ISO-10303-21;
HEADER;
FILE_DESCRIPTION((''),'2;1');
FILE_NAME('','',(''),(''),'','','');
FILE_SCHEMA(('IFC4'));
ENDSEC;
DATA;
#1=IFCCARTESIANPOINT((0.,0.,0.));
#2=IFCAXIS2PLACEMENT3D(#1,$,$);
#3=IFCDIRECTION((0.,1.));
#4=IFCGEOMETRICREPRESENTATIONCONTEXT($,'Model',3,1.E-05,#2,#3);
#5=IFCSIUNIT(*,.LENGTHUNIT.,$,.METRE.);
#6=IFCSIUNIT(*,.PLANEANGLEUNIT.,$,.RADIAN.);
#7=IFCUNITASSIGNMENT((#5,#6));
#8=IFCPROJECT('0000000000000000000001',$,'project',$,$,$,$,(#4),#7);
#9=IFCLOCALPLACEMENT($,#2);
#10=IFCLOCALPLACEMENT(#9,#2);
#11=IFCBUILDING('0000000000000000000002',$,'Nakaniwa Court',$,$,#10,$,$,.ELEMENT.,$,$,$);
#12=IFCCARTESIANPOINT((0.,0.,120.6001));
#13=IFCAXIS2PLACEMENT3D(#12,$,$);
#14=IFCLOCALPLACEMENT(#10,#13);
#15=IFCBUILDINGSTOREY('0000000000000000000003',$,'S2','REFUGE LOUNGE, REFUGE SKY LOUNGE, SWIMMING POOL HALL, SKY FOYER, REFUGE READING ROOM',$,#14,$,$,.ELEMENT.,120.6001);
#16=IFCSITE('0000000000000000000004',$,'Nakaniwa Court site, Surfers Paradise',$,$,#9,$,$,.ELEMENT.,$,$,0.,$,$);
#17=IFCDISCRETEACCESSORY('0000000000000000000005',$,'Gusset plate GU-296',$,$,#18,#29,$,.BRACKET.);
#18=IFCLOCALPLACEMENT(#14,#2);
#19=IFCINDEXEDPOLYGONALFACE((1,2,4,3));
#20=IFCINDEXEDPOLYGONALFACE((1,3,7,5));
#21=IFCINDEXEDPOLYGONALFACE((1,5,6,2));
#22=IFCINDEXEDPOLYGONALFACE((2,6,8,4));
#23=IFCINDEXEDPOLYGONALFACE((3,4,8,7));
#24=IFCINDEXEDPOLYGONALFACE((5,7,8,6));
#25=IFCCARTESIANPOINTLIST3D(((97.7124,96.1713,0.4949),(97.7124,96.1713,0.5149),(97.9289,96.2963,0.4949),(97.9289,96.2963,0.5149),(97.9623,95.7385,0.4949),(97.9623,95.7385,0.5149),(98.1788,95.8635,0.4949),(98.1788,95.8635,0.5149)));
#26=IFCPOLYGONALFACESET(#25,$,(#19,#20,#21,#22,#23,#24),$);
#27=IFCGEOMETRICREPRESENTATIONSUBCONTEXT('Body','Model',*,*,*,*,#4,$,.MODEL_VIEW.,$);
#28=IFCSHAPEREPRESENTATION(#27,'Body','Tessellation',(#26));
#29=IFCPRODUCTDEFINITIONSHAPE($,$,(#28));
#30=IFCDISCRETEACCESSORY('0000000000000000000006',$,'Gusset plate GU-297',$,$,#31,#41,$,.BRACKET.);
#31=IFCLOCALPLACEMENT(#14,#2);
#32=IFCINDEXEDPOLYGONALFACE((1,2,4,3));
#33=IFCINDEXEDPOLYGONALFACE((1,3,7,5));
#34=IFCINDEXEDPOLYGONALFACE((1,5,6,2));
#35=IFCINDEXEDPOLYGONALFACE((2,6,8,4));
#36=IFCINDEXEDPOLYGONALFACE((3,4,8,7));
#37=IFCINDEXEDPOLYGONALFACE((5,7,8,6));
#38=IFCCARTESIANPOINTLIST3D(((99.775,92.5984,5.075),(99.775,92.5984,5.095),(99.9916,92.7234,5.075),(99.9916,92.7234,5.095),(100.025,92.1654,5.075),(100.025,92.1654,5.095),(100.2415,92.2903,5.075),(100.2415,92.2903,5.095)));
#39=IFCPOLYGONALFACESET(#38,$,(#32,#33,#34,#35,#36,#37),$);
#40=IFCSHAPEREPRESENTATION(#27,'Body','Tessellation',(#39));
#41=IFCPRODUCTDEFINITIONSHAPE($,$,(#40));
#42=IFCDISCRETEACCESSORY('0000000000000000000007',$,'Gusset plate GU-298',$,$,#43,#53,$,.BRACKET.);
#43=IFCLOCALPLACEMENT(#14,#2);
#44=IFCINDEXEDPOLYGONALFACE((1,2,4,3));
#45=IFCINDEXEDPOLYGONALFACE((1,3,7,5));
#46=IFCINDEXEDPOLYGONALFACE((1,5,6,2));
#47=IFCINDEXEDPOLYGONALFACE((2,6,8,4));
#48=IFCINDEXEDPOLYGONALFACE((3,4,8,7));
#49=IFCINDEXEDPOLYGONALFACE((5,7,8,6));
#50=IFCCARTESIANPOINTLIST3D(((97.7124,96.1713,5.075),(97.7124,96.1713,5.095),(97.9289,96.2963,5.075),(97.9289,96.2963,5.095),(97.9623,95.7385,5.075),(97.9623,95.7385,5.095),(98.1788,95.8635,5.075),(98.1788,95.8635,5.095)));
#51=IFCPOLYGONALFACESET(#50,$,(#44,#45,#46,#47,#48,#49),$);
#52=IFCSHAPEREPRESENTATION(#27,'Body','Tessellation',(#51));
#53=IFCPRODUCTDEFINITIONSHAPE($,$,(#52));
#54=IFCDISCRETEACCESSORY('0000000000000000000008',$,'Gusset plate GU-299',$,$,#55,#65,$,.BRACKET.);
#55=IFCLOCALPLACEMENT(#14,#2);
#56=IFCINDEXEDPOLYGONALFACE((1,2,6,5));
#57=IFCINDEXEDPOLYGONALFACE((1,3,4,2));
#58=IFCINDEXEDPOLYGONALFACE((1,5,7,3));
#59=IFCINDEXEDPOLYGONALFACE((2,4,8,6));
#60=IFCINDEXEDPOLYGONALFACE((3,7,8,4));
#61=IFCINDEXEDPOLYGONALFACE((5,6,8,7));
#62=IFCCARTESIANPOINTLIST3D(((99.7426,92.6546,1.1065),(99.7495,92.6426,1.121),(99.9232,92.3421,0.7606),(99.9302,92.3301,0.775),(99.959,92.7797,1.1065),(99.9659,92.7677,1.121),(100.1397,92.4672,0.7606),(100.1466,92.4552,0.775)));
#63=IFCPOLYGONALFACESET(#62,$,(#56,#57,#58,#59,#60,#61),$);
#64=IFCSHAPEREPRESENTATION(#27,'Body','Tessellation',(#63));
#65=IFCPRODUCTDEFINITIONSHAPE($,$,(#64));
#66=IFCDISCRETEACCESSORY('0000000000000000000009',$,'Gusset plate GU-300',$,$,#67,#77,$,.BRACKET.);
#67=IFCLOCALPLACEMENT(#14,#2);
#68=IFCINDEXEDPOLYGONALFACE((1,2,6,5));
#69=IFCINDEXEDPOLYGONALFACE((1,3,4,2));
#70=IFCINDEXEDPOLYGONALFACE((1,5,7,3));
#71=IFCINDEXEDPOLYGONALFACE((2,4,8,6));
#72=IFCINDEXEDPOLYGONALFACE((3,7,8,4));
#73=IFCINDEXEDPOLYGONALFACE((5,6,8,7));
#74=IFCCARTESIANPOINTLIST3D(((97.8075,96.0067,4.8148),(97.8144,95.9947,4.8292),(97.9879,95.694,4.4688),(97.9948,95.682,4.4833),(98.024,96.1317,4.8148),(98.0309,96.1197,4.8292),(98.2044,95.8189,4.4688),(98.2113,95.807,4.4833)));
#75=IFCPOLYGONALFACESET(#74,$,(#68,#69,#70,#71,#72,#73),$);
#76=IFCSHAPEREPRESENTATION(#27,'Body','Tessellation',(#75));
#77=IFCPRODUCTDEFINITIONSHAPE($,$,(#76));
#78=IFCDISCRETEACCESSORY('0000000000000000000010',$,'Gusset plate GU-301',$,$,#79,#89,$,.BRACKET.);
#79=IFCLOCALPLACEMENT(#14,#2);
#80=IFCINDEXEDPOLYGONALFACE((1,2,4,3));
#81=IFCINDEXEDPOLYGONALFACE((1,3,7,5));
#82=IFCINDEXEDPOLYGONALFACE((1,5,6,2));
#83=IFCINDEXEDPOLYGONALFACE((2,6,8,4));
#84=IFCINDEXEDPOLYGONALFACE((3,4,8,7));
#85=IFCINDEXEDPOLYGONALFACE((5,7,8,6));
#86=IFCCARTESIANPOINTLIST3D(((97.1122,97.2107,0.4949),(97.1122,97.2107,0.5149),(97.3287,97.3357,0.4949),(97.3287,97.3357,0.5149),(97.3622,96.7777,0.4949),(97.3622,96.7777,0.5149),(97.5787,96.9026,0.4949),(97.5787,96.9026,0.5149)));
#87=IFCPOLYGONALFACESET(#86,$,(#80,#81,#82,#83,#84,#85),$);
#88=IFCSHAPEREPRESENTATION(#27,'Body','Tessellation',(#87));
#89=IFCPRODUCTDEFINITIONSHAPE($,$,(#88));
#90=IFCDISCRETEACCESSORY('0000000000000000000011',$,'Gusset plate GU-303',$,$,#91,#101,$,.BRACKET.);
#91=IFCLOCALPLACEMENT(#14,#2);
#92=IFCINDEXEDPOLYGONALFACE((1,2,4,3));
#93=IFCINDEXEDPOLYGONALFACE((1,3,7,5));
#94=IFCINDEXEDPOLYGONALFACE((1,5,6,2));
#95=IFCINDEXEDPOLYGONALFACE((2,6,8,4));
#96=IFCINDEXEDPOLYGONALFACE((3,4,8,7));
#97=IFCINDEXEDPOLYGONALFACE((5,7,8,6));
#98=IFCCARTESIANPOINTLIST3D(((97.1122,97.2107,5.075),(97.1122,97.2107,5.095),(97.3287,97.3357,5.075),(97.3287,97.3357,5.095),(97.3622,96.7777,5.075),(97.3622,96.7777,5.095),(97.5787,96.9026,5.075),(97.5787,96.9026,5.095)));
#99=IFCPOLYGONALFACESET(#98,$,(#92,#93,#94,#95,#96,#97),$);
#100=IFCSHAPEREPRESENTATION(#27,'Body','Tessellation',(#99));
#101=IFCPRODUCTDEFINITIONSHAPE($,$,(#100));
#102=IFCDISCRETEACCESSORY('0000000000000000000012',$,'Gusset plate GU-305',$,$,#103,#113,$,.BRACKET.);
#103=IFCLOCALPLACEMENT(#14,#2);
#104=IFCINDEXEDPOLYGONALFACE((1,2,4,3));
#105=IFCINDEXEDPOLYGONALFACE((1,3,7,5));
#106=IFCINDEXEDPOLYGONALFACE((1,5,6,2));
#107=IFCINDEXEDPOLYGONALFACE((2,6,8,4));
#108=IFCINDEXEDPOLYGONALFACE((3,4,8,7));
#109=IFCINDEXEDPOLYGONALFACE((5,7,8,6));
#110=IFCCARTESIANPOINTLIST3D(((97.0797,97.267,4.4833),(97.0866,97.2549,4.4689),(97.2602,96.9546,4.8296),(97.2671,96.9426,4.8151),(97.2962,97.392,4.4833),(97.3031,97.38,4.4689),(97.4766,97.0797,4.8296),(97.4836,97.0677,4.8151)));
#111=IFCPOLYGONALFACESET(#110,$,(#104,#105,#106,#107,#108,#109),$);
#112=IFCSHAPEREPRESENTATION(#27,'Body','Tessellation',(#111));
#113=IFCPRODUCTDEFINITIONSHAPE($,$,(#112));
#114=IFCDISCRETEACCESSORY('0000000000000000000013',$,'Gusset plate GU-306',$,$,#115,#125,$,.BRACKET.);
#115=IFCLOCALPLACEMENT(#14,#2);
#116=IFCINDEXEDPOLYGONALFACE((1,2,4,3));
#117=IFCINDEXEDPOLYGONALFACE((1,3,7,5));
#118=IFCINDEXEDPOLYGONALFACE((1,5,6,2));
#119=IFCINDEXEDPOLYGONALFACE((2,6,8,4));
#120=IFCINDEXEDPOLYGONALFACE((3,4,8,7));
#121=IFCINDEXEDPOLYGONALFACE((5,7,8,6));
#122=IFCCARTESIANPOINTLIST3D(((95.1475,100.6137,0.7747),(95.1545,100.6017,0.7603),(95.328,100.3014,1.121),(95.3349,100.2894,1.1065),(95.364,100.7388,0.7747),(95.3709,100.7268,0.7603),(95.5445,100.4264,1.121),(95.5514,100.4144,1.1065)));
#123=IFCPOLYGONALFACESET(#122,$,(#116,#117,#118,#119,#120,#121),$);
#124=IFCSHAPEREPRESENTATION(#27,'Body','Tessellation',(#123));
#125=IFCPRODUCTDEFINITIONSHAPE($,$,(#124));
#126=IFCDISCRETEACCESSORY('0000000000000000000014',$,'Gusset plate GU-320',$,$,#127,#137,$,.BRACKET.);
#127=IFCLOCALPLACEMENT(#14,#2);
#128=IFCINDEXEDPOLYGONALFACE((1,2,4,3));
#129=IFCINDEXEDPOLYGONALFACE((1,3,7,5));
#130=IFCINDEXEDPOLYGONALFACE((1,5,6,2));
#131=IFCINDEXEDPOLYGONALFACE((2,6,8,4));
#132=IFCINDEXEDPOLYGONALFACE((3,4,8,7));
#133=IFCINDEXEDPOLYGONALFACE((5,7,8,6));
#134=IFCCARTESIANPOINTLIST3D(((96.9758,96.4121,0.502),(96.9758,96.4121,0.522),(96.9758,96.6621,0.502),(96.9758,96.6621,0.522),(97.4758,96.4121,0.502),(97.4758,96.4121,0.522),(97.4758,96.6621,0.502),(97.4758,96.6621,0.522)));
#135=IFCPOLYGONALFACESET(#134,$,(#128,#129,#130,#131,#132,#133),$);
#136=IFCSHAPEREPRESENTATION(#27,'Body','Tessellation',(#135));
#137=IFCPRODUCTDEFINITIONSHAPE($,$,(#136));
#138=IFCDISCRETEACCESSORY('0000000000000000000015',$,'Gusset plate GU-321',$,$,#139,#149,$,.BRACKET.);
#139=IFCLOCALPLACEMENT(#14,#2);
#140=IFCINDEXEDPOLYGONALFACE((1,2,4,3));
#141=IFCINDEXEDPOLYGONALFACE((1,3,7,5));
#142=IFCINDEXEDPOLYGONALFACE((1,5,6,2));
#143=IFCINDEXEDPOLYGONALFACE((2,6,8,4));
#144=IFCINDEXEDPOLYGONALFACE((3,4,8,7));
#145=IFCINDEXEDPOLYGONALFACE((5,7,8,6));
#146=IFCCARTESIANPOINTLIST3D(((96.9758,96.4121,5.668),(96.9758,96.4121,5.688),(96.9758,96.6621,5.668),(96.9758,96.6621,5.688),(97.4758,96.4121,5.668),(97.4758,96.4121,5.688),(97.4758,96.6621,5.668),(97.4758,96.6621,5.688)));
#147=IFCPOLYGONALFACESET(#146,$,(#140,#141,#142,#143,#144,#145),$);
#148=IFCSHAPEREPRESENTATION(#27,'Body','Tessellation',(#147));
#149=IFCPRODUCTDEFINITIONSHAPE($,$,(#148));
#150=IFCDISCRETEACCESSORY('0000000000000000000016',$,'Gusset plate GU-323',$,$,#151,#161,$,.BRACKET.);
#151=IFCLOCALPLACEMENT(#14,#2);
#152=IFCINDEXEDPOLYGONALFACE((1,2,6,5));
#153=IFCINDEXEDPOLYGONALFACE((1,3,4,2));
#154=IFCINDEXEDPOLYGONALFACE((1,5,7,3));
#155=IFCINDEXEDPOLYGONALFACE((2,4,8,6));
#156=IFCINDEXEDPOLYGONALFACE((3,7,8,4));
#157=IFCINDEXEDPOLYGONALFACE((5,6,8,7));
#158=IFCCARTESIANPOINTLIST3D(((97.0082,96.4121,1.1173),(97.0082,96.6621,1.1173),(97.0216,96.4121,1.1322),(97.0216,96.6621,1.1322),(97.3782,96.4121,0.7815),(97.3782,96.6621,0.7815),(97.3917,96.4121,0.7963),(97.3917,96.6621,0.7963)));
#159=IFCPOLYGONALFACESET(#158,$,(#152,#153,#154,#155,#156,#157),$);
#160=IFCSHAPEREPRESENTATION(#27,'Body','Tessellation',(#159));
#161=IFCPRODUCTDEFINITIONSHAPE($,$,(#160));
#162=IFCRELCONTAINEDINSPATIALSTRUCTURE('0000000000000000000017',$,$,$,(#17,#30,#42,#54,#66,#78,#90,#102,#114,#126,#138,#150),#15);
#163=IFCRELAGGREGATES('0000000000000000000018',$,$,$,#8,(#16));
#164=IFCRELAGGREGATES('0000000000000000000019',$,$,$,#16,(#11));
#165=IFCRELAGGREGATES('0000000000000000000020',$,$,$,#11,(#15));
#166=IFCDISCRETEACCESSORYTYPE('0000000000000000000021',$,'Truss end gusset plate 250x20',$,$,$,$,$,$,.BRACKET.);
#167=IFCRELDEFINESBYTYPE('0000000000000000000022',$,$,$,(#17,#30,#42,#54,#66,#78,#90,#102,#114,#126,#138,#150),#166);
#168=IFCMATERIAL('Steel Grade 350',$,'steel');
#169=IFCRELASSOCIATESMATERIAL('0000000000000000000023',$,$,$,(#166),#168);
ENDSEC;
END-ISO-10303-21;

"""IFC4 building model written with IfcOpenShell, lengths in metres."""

from ifc_helpers import new_model, si_unit, direction, frame, origin, origin_2d, place, context, subcontext, project, spatial, rectangle, extrude, material, material_profile, profile_set, type_object, element, save


model = new_model("IFC4")

# Units and contexts
model_context = context("Model", 3, precision=1e-05, world=origin(), true_north=direction((0.0, 1.0)))
body_context = subcontext(model_context, "Body", "Model", "MODEL_VIEW")
ifc_project = project(units=[si_unit("LENGTHUNIT", "METRE"), si_unit("PLANEANGLEUNIT", "RADIAN")], contexts=[model_context])

# Site, building, storey
site_placement = place(None, origin())
site = spatial("IfcSite", under=ifc_project, at=site_placement, Name="Nakaniwa Court site, Surfers Paradise", CompositionType="ELEMENT", RefElevation=0.0)
building_placement = place(site_placement, origin())
building = spatial("IfcBuilding", under=site, at=building_placement, Name="Nakaniwa Court", CompositionType="ELEMENT")
storey_placement = place(building_placement, frame((0.0, 0.0, 120.6001)))
storey = spatial("IfcBuildingStorey", under=building, at=storey_placement, Name="S2", Description="REFUGE LOUNGE, REFUGE SKY LOUNGE, SWIMMING POOL HALL, SKY FOYER, REFUGE READING ROOM", CompositionType="ELEMENT", Elevation=120.6001)

# Shared definitions
ifc_material_1 = material(Name="Steel Grade 350", Category="steel")

# Discrete accessories
ifc_material_profile_1 = material_profile(ifc_material_1, rectangle(XDim=0.25, YDim=0.02, at=origin_2d()), Name="Truss end gusset plate 250x20")
ifc_profile_set_1 = profile_set([ifc_material_profile_1], Name="Steel Grade 350")
discrete_accessory_type = type_object("IfcDiscreteAccessoryType", Name="Truss end gusset plate 250x20", PredefinedType="BRACKET", material=ifc_profile_set_1)
discrete_accessory_1_placement = place(storey_placement, frame((98.0706, 95.801, 0.5049), z_axis=(-0.500131, 0.86595, 0.0), x_axis=(-0.86595, -0.500131, 0.0)))
element("IfcDiscreteAccessory", 1, at=discrete_accessory_1_placement, inside=storey, type_object=discrete_accessory_type, Name="Gusset plate GU-296", PredefinedType="BRACKET", context=body_context, shape_type="SweptSolid", body=[
    extrude(rectangle(XDim=0.25, YDim=0.02, at=origin_2d()), origin(), (0.0, 0.0, 1.0), 0.4998),
])
discrete_accessory_2_placement = place(storey_placement, frame((99.8833, 92.6609, 5.085), z_axis=(0.49992, -0.866072, 0.0), x_axis=(0.866072, 0.49992, 0.0)))
element("IfcDiscreteAccessory", 2, at=discrete_accessory_2_placement, inside=storey, type_object=discrete_accessory_type, Name="Gusset plate GU-297", PredefinedType="BRACKET", context=body_context, shape_type="SweptSolid", body=[
    extrude(rectangle(XDim=0.25, YDim=0.02, at=origin_2d()), origin(), (0.0, 0.0, 1.0), 0.5),
])
discrete_accessory_3_placement = place(storey_placement, frame((98.0706, 95.801, 5.085), z_axis=(-0.500131, 0.86595, 0.0), x_axis=(-0.86595, -0.500131, 0.0)))
element("IfcDiscreteAccessory", 3, at=discrete_accessory_3_placement, inside=storey, type_object=discrete_accessory_type, Name="Gusset plate GU-298", PredefinedType="BRACKET", context=body_context, shape_type="SweptSolid", body=[
    extrude(rectangle(XDim=0.25, YDim=0.02, at=origin_2d()), origin(), (0.0, 0.0, 1.0), 0.4998),
])
for number, where, z_axis, x_axis, name in (
    (4, (99.8542, 92.7112, 1.1138), (0.361346, -0.625031, -0.691929), (0.865735, 0.500503, 0.0), "Gusset plate GU-299"),
    (5, (98.0996, 95.7505, 4.4761), (-0.360811, 0.625439, 0.69184), (-0.866197, -0.499703, 0.0), "Gusset plate GU-300"),
    (6, (97.2205, 97.2732, 0.5049), (0.49992, -0.866072, 0.0), (0.866072, 0.49992, 0.0), "Gusset plate GU-301"),
    (7, (97.2205, 97.2732, 5.085), (0.49992, -0.866072, 0.0), (0.866072, 0.49992, 0.0), "Gusset plate GU-303"),
    (8, (97.1914, 97.3235, 4.4761), (0.360909, -0.624632, 0.692516), (0.865859, 0.500289, 0.0), "Gusset plate GU-305"),
    (9, (95.4397, 100.3579, 1.1138), (-0.360909, 0.624632, -0.692516), (-0.865859, -0.500289, 0.0), "Gusset plate GU-306"),
    (10, (96.9758, 96.5371, 0.512), (1.0, 0.0, 0.0), (0.0, 1.0, 0.0), "Gusset plate GU-320"),
    (11, (96.9758, 96.5371, 5.678), (1.0, 0.0, 0.0), (0.0, 1.0, 0.0), "Gusset plate GU-321"),
):
    element("IfcDiscreteAccessory", number, at=place(storey_placement, frame(where, z_axis=z_axis, x_axis=x_axis)), inside=storey, type_object=discrete_accessory_type, Name=name, PredefinedType="BRACKET", context=body_context, shape_type="SweptSolid", body=[
        extrude(rectangle(XDim=0.25, YDim=0.02, at=origin_2d()), origin(), (0.0, 0.0, 1.0), 0.5),
    ])
discrete_accessory_4_placement = place(storey_placement, frame((97.0149, 96.5371, 1.1248), z_axis=(0.74047, 0.0, -0.672089), x_axis=(0.0, 1.0, 0.0)))
element("IfcDiscreteAccessory", 12, at=discrete_accessory_4_placement, inside=storey, type_object=discrete_accessory_type, Name="Gusset plate GU-323", PredefinedType="BRACKET", context=body_context, shape_type="SweptSolid", body=[
    extrude(rectangle(XDim=0.25, YDim=0.02, at=origin_2d()), origin(), (0.0, 0.0, 1.0), 0.4998),
])

save(model, "model.ifc")
